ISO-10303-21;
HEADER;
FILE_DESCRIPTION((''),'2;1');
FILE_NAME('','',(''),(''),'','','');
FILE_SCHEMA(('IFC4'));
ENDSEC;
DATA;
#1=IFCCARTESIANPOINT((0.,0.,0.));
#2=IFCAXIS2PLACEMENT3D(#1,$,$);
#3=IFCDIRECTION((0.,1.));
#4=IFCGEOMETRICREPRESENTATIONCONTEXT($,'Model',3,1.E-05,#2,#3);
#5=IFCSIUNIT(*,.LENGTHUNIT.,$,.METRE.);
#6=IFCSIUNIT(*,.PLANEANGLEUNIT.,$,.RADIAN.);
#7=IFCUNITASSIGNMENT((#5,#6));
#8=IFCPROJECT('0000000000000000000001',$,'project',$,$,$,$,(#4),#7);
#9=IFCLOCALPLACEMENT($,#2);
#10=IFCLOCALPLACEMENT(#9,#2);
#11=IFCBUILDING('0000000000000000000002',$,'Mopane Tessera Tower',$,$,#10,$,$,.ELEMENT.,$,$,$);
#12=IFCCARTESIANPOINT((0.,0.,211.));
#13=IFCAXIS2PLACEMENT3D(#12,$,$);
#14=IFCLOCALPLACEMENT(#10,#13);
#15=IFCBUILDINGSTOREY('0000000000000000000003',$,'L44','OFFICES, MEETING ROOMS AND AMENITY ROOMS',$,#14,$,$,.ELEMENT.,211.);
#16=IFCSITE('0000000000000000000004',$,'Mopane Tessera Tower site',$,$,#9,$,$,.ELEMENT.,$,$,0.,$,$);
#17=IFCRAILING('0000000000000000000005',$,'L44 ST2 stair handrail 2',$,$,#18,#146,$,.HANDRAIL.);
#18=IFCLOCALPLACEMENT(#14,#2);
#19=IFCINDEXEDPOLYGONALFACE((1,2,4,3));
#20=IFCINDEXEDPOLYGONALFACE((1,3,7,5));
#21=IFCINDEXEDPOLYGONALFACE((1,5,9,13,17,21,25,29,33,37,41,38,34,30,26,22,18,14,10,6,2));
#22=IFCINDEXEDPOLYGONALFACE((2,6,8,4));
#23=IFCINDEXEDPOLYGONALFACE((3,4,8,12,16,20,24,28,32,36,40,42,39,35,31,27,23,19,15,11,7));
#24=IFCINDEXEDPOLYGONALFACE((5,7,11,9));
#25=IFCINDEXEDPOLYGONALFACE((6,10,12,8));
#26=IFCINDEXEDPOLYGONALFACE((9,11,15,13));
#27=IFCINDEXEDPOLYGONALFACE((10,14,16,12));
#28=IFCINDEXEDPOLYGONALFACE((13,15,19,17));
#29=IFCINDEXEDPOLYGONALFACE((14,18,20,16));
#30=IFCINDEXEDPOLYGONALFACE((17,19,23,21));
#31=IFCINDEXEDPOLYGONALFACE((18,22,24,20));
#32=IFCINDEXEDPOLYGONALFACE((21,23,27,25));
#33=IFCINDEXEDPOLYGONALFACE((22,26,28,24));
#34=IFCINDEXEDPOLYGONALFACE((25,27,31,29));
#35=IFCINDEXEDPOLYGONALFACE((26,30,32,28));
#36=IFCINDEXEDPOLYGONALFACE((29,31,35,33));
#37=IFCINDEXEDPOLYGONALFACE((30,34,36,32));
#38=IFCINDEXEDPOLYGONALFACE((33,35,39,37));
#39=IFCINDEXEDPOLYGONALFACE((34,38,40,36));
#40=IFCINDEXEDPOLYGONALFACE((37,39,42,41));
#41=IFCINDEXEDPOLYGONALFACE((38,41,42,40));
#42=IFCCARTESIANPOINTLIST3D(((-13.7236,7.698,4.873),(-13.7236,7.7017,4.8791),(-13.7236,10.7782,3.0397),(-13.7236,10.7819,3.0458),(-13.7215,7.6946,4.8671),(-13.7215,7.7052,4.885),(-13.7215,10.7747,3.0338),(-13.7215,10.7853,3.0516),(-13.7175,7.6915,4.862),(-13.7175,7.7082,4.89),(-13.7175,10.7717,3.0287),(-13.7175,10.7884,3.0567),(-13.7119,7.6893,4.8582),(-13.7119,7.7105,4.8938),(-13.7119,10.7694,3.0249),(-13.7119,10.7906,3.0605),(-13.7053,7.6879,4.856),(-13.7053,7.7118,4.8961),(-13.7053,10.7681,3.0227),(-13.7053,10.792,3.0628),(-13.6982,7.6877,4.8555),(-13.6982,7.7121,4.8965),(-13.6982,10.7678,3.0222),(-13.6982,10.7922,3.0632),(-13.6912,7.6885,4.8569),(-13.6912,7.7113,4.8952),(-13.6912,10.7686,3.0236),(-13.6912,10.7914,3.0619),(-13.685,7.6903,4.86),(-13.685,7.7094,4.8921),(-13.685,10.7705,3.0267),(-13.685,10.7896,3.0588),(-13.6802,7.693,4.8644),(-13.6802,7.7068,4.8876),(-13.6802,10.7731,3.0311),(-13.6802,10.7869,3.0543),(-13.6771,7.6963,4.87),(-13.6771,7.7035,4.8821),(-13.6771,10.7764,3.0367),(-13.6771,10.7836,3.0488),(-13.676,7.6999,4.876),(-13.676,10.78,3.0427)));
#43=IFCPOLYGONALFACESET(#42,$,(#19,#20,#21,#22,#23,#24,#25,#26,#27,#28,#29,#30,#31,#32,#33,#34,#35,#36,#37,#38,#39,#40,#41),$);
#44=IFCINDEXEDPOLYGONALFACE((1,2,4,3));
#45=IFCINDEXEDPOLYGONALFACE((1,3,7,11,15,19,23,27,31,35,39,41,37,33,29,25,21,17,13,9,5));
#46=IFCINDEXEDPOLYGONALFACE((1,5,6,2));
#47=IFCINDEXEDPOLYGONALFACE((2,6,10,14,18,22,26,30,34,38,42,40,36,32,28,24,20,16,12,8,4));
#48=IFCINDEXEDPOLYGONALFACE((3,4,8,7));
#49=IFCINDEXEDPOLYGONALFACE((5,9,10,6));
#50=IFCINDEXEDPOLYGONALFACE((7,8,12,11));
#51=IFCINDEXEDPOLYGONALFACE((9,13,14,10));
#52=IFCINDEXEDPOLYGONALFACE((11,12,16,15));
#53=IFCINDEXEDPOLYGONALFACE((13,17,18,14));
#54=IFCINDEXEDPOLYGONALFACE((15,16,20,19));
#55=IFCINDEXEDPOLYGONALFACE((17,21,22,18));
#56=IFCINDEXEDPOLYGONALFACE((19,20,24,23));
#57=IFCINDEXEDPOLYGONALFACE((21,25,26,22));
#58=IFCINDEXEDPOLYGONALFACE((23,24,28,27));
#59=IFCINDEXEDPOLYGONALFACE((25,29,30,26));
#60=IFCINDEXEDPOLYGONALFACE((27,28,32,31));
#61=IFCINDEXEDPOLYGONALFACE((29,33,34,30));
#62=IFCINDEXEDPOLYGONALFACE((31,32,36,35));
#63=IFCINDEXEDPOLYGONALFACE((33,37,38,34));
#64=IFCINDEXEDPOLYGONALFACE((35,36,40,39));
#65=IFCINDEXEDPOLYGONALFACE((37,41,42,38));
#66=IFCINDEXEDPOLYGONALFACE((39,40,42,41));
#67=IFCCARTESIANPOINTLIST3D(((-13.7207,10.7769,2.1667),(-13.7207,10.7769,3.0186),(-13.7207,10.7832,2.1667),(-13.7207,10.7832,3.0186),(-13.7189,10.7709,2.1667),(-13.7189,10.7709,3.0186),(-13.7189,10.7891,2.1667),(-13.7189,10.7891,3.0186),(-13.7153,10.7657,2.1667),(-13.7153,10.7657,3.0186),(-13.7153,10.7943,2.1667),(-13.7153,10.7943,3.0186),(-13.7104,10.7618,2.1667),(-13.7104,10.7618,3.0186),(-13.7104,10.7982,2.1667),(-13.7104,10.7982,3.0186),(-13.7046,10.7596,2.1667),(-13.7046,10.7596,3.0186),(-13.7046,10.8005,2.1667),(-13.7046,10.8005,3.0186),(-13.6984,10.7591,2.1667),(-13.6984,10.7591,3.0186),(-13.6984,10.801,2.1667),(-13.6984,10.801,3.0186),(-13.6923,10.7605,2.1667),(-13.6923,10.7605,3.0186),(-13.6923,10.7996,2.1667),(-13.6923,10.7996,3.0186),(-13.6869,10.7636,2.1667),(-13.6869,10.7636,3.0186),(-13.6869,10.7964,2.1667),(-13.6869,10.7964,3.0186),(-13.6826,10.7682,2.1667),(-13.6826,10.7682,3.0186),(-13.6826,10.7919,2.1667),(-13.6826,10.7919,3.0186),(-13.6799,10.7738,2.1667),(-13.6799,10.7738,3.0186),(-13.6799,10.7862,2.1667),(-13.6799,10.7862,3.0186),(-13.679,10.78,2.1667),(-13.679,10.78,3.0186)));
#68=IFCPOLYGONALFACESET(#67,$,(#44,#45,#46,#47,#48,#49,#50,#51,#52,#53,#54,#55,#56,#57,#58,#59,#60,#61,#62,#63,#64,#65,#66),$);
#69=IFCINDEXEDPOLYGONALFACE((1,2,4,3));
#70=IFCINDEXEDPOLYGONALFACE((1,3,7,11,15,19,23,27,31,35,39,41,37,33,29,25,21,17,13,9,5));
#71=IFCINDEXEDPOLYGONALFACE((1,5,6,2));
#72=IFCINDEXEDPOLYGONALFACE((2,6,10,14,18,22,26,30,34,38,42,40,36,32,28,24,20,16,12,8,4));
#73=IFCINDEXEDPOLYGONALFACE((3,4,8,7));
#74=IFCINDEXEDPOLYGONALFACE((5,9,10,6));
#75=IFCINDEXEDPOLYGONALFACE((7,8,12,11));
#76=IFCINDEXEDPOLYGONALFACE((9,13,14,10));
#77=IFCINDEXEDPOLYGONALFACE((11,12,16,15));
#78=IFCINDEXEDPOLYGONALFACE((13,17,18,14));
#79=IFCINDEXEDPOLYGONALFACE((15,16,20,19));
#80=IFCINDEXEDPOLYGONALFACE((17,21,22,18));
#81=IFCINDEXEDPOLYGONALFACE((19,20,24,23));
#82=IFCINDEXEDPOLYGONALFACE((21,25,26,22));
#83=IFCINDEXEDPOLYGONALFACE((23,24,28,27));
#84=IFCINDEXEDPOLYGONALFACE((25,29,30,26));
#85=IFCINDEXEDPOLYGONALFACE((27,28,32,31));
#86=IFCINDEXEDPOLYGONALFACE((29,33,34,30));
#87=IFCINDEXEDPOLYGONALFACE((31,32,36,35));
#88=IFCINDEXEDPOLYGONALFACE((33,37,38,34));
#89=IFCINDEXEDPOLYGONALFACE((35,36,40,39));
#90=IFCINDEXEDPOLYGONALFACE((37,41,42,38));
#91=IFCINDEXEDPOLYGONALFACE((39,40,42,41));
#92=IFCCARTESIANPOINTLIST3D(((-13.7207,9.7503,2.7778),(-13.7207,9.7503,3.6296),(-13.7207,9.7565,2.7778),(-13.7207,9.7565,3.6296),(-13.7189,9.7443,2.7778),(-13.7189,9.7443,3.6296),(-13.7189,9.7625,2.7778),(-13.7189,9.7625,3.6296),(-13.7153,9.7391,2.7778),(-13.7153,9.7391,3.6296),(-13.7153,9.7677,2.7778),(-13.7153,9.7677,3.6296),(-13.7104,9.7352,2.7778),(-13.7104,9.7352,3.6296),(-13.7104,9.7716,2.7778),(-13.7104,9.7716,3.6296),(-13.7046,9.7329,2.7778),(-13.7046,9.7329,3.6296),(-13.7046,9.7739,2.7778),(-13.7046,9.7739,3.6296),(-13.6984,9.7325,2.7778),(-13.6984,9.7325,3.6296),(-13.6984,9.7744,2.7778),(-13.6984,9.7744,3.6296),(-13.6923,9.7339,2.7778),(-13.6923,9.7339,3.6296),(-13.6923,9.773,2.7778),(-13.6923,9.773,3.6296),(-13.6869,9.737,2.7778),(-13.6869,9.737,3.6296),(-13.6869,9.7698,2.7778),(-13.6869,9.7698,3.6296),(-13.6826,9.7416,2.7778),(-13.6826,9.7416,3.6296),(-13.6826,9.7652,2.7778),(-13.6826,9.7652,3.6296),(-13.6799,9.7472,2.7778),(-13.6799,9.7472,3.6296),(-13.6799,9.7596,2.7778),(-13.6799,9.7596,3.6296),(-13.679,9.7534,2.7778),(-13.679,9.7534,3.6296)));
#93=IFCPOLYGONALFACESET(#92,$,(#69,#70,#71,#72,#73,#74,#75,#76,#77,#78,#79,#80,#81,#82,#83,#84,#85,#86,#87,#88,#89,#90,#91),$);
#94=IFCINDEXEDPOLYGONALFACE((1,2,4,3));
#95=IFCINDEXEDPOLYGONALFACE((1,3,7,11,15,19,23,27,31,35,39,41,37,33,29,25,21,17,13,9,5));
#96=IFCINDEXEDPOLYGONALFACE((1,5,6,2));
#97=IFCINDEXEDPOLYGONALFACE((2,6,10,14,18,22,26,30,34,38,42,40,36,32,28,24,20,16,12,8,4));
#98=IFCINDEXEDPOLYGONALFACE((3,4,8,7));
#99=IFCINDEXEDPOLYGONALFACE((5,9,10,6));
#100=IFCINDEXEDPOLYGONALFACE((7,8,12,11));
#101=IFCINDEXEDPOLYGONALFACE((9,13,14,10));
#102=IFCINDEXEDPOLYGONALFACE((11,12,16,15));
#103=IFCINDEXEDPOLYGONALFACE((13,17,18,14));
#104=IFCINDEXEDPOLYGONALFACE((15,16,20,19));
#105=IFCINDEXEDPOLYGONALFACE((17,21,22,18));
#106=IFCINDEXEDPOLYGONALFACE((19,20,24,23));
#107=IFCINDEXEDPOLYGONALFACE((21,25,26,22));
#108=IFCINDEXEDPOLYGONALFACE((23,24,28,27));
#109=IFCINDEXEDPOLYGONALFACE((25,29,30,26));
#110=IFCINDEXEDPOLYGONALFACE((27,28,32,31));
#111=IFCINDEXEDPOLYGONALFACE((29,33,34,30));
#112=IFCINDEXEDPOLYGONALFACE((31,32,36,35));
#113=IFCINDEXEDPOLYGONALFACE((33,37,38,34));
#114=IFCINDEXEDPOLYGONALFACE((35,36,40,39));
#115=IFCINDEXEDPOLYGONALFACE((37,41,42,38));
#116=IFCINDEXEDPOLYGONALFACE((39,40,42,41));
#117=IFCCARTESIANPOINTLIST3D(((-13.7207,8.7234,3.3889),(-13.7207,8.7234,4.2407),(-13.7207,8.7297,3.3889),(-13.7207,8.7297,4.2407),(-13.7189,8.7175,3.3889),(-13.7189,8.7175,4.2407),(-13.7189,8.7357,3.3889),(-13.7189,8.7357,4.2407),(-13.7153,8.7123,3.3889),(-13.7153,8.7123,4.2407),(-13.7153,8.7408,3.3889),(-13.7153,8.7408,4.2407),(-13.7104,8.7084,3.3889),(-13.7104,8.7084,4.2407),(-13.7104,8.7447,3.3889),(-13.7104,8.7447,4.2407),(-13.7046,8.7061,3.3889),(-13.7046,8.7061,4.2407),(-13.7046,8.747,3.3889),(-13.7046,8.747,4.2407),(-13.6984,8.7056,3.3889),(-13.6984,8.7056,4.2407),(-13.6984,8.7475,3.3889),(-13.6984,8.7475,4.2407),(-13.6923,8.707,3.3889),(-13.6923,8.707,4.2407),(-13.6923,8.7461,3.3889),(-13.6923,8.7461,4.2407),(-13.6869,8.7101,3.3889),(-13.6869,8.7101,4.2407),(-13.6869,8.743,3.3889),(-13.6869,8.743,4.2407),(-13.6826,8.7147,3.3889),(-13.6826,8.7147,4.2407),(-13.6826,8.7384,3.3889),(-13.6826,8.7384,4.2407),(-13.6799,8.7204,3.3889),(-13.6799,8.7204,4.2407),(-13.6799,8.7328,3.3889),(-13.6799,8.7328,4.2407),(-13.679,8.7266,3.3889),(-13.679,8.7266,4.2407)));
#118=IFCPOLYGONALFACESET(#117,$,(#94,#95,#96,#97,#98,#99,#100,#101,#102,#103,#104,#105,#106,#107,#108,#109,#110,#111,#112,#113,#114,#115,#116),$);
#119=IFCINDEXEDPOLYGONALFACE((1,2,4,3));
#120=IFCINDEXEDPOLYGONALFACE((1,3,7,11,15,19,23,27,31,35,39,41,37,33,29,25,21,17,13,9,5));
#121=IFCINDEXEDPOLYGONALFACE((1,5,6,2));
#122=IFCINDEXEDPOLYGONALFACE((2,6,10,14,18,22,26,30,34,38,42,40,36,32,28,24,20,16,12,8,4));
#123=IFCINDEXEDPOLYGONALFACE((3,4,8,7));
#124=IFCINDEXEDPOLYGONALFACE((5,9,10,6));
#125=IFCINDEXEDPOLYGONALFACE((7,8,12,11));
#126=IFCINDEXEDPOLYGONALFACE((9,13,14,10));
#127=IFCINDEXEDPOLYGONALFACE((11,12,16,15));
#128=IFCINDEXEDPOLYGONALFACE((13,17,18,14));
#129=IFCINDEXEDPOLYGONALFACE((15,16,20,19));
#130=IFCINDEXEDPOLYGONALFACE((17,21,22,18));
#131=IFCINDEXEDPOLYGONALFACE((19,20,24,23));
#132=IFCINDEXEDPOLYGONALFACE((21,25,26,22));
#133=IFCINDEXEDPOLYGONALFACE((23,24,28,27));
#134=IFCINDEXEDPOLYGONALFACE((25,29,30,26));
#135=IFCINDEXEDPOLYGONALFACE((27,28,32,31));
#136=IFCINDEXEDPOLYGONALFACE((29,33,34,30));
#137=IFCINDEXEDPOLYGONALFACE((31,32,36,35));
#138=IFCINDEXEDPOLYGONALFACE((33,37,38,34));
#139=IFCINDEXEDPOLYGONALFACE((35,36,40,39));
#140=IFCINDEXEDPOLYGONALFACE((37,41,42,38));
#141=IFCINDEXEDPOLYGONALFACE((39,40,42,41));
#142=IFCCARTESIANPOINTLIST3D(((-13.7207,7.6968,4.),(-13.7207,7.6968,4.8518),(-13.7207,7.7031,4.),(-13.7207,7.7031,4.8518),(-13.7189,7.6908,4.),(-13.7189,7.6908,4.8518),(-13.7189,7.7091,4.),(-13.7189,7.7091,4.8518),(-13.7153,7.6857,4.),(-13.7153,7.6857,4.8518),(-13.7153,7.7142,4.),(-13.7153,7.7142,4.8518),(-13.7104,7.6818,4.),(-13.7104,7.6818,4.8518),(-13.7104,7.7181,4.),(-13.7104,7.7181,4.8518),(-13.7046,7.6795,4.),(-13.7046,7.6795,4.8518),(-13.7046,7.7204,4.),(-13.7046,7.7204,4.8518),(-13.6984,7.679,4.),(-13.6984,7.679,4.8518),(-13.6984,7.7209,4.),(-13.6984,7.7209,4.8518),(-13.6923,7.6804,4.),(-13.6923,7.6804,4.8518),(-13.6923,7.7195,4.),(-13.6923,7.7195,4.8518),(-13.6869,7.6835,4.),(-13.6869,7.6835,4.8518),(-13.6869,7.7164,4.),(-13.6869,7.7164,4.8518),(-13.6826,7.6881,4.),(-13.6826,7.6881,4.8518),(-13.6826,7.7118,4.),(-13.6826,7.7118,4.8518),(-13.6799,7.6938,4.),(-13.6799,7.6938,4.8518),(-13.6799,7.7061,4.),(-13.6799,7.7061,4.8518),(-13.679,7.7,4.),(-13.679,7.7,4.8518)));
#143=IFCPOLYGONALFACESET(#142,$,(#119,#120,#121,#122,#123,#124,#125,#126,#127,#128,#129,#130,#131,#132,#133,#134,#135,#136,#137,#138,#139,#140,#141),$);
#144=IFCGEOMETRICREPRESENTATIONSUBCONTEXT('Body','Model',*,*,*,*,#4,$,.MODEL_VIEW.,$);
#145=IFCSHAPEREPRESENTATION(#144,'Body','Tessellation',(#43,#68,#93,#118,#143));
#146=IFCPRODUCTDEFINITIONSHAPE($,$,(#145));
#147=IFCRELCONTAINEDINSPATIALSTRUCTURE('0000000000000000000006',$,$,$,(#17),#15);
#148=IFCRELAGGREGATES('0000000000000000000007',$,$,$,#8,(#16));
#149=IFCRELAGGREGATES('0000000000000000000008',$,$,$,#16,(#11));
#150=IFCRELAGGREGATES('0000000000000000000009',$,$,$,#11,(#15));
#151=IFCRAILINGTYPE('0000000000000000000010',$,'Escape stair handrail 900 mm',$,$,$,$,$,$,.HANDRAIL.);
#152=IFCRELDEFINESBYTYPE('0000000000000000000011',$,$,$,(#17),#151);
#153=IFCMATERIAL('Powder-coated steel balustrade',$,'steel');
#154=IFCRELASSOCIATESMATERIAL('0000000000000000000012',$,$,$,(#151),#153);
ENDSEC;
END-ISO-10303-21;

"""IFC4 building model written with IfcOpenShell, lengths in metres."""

from ifc_helpers import new_model, si_unit, direction, frame, origin, origin_2d, place, context, subcontext, project, spatial, circle, extrude, material, type_object, element, save


model = new_model("IFC4")

# Units and contexts
model_context = context("Model", 3, precision=1e-05, world=origin(), true_north=direction((0.0, 1.0)))
body_context = subcontext(model_context, "Body", "Model", "MODEL_VIEW")
ifc_project = project(units=[si_unit("LENGTHUNIT", "METRE"), si_unit("PLANEANGLEUNIT", "RADIAN")], contexts=[model_context])

# Site, building, storey
site_placement = place(None, origin())
site = spatial("IfcSite", under=ifc_project, at=site_placement, Name="Mopane Tessera Tower site", CompositionType="ELEMENT", RefElevation=0.0)
building_placement = place(site_placement, origin())
building = spatial("IfcBuilding", under=site, at=building_placement, Name="Mopane Tessera Tower", CompositionType="ELEMENT")
storey_placement = place(building_placement, frame((0.0, 0.0, 211.0)))
storey = spatial("IfcBuildingStorey", under=building, at=storey_placement, Name="L44", Description="OFFICES, MEETING ROOMS AND AMENITY ROOMS", CompositionType="ELEMENT", Elevation=211.0)

# Railing
ifc_material_1 = material(Name="Powder-coated steel balustrade", Category="steel")
railing_type_1 = type_object("IfcRailingType", Name="Escape stair handrail 900 mm", PredefinedType="HANDRAIL", material=ifc_material_1)
railing_1_placement = place(storey_placement, frame((-13.7, 10.78, 2.1667)))
element("IfcRailing", 1, at=railing_1_placement, inside=storey, type_object=railing_type_1, Name="L44 ST2 stair handrail 2", PredefinedType="HANDRAIL", context=body_context, shape_type="SweptSolid", body=[
    extrude(circle(Radius=0.0239, at=origin_2d()), frame((0.0, 0.0, 0.876), z_axis=(0.0, -0.859309, 0.511458), x_axis=(1.0, 0.0, 0.0)), (0.0, 0.0, 1.0), 3.5845),
    extrude(circle(Radius=0.021, at=origin_2d()), origin(), (0.0, 0.0, 1.0), 0.8518),
    extrude(circle(Radius=0.021, at=origin_2d()), frame((0.0, -1.0266, 0.6111)), (0.0, 0.0, 1.0), 0.8518),
    extrude(circle(Radius=0.021, at=origin_2d()), frame((0.0, -2.0535, 1.2222)), (0.0, 0.0, 1.0), 0.8518),
    extrude(circle(Radius=0.021, at=origin_2d()), frame((0.0, -3.0801, 1.8333)), (0.0, 0.0, 1.0), 0.8518),
])

save(model, "model.ifc")
